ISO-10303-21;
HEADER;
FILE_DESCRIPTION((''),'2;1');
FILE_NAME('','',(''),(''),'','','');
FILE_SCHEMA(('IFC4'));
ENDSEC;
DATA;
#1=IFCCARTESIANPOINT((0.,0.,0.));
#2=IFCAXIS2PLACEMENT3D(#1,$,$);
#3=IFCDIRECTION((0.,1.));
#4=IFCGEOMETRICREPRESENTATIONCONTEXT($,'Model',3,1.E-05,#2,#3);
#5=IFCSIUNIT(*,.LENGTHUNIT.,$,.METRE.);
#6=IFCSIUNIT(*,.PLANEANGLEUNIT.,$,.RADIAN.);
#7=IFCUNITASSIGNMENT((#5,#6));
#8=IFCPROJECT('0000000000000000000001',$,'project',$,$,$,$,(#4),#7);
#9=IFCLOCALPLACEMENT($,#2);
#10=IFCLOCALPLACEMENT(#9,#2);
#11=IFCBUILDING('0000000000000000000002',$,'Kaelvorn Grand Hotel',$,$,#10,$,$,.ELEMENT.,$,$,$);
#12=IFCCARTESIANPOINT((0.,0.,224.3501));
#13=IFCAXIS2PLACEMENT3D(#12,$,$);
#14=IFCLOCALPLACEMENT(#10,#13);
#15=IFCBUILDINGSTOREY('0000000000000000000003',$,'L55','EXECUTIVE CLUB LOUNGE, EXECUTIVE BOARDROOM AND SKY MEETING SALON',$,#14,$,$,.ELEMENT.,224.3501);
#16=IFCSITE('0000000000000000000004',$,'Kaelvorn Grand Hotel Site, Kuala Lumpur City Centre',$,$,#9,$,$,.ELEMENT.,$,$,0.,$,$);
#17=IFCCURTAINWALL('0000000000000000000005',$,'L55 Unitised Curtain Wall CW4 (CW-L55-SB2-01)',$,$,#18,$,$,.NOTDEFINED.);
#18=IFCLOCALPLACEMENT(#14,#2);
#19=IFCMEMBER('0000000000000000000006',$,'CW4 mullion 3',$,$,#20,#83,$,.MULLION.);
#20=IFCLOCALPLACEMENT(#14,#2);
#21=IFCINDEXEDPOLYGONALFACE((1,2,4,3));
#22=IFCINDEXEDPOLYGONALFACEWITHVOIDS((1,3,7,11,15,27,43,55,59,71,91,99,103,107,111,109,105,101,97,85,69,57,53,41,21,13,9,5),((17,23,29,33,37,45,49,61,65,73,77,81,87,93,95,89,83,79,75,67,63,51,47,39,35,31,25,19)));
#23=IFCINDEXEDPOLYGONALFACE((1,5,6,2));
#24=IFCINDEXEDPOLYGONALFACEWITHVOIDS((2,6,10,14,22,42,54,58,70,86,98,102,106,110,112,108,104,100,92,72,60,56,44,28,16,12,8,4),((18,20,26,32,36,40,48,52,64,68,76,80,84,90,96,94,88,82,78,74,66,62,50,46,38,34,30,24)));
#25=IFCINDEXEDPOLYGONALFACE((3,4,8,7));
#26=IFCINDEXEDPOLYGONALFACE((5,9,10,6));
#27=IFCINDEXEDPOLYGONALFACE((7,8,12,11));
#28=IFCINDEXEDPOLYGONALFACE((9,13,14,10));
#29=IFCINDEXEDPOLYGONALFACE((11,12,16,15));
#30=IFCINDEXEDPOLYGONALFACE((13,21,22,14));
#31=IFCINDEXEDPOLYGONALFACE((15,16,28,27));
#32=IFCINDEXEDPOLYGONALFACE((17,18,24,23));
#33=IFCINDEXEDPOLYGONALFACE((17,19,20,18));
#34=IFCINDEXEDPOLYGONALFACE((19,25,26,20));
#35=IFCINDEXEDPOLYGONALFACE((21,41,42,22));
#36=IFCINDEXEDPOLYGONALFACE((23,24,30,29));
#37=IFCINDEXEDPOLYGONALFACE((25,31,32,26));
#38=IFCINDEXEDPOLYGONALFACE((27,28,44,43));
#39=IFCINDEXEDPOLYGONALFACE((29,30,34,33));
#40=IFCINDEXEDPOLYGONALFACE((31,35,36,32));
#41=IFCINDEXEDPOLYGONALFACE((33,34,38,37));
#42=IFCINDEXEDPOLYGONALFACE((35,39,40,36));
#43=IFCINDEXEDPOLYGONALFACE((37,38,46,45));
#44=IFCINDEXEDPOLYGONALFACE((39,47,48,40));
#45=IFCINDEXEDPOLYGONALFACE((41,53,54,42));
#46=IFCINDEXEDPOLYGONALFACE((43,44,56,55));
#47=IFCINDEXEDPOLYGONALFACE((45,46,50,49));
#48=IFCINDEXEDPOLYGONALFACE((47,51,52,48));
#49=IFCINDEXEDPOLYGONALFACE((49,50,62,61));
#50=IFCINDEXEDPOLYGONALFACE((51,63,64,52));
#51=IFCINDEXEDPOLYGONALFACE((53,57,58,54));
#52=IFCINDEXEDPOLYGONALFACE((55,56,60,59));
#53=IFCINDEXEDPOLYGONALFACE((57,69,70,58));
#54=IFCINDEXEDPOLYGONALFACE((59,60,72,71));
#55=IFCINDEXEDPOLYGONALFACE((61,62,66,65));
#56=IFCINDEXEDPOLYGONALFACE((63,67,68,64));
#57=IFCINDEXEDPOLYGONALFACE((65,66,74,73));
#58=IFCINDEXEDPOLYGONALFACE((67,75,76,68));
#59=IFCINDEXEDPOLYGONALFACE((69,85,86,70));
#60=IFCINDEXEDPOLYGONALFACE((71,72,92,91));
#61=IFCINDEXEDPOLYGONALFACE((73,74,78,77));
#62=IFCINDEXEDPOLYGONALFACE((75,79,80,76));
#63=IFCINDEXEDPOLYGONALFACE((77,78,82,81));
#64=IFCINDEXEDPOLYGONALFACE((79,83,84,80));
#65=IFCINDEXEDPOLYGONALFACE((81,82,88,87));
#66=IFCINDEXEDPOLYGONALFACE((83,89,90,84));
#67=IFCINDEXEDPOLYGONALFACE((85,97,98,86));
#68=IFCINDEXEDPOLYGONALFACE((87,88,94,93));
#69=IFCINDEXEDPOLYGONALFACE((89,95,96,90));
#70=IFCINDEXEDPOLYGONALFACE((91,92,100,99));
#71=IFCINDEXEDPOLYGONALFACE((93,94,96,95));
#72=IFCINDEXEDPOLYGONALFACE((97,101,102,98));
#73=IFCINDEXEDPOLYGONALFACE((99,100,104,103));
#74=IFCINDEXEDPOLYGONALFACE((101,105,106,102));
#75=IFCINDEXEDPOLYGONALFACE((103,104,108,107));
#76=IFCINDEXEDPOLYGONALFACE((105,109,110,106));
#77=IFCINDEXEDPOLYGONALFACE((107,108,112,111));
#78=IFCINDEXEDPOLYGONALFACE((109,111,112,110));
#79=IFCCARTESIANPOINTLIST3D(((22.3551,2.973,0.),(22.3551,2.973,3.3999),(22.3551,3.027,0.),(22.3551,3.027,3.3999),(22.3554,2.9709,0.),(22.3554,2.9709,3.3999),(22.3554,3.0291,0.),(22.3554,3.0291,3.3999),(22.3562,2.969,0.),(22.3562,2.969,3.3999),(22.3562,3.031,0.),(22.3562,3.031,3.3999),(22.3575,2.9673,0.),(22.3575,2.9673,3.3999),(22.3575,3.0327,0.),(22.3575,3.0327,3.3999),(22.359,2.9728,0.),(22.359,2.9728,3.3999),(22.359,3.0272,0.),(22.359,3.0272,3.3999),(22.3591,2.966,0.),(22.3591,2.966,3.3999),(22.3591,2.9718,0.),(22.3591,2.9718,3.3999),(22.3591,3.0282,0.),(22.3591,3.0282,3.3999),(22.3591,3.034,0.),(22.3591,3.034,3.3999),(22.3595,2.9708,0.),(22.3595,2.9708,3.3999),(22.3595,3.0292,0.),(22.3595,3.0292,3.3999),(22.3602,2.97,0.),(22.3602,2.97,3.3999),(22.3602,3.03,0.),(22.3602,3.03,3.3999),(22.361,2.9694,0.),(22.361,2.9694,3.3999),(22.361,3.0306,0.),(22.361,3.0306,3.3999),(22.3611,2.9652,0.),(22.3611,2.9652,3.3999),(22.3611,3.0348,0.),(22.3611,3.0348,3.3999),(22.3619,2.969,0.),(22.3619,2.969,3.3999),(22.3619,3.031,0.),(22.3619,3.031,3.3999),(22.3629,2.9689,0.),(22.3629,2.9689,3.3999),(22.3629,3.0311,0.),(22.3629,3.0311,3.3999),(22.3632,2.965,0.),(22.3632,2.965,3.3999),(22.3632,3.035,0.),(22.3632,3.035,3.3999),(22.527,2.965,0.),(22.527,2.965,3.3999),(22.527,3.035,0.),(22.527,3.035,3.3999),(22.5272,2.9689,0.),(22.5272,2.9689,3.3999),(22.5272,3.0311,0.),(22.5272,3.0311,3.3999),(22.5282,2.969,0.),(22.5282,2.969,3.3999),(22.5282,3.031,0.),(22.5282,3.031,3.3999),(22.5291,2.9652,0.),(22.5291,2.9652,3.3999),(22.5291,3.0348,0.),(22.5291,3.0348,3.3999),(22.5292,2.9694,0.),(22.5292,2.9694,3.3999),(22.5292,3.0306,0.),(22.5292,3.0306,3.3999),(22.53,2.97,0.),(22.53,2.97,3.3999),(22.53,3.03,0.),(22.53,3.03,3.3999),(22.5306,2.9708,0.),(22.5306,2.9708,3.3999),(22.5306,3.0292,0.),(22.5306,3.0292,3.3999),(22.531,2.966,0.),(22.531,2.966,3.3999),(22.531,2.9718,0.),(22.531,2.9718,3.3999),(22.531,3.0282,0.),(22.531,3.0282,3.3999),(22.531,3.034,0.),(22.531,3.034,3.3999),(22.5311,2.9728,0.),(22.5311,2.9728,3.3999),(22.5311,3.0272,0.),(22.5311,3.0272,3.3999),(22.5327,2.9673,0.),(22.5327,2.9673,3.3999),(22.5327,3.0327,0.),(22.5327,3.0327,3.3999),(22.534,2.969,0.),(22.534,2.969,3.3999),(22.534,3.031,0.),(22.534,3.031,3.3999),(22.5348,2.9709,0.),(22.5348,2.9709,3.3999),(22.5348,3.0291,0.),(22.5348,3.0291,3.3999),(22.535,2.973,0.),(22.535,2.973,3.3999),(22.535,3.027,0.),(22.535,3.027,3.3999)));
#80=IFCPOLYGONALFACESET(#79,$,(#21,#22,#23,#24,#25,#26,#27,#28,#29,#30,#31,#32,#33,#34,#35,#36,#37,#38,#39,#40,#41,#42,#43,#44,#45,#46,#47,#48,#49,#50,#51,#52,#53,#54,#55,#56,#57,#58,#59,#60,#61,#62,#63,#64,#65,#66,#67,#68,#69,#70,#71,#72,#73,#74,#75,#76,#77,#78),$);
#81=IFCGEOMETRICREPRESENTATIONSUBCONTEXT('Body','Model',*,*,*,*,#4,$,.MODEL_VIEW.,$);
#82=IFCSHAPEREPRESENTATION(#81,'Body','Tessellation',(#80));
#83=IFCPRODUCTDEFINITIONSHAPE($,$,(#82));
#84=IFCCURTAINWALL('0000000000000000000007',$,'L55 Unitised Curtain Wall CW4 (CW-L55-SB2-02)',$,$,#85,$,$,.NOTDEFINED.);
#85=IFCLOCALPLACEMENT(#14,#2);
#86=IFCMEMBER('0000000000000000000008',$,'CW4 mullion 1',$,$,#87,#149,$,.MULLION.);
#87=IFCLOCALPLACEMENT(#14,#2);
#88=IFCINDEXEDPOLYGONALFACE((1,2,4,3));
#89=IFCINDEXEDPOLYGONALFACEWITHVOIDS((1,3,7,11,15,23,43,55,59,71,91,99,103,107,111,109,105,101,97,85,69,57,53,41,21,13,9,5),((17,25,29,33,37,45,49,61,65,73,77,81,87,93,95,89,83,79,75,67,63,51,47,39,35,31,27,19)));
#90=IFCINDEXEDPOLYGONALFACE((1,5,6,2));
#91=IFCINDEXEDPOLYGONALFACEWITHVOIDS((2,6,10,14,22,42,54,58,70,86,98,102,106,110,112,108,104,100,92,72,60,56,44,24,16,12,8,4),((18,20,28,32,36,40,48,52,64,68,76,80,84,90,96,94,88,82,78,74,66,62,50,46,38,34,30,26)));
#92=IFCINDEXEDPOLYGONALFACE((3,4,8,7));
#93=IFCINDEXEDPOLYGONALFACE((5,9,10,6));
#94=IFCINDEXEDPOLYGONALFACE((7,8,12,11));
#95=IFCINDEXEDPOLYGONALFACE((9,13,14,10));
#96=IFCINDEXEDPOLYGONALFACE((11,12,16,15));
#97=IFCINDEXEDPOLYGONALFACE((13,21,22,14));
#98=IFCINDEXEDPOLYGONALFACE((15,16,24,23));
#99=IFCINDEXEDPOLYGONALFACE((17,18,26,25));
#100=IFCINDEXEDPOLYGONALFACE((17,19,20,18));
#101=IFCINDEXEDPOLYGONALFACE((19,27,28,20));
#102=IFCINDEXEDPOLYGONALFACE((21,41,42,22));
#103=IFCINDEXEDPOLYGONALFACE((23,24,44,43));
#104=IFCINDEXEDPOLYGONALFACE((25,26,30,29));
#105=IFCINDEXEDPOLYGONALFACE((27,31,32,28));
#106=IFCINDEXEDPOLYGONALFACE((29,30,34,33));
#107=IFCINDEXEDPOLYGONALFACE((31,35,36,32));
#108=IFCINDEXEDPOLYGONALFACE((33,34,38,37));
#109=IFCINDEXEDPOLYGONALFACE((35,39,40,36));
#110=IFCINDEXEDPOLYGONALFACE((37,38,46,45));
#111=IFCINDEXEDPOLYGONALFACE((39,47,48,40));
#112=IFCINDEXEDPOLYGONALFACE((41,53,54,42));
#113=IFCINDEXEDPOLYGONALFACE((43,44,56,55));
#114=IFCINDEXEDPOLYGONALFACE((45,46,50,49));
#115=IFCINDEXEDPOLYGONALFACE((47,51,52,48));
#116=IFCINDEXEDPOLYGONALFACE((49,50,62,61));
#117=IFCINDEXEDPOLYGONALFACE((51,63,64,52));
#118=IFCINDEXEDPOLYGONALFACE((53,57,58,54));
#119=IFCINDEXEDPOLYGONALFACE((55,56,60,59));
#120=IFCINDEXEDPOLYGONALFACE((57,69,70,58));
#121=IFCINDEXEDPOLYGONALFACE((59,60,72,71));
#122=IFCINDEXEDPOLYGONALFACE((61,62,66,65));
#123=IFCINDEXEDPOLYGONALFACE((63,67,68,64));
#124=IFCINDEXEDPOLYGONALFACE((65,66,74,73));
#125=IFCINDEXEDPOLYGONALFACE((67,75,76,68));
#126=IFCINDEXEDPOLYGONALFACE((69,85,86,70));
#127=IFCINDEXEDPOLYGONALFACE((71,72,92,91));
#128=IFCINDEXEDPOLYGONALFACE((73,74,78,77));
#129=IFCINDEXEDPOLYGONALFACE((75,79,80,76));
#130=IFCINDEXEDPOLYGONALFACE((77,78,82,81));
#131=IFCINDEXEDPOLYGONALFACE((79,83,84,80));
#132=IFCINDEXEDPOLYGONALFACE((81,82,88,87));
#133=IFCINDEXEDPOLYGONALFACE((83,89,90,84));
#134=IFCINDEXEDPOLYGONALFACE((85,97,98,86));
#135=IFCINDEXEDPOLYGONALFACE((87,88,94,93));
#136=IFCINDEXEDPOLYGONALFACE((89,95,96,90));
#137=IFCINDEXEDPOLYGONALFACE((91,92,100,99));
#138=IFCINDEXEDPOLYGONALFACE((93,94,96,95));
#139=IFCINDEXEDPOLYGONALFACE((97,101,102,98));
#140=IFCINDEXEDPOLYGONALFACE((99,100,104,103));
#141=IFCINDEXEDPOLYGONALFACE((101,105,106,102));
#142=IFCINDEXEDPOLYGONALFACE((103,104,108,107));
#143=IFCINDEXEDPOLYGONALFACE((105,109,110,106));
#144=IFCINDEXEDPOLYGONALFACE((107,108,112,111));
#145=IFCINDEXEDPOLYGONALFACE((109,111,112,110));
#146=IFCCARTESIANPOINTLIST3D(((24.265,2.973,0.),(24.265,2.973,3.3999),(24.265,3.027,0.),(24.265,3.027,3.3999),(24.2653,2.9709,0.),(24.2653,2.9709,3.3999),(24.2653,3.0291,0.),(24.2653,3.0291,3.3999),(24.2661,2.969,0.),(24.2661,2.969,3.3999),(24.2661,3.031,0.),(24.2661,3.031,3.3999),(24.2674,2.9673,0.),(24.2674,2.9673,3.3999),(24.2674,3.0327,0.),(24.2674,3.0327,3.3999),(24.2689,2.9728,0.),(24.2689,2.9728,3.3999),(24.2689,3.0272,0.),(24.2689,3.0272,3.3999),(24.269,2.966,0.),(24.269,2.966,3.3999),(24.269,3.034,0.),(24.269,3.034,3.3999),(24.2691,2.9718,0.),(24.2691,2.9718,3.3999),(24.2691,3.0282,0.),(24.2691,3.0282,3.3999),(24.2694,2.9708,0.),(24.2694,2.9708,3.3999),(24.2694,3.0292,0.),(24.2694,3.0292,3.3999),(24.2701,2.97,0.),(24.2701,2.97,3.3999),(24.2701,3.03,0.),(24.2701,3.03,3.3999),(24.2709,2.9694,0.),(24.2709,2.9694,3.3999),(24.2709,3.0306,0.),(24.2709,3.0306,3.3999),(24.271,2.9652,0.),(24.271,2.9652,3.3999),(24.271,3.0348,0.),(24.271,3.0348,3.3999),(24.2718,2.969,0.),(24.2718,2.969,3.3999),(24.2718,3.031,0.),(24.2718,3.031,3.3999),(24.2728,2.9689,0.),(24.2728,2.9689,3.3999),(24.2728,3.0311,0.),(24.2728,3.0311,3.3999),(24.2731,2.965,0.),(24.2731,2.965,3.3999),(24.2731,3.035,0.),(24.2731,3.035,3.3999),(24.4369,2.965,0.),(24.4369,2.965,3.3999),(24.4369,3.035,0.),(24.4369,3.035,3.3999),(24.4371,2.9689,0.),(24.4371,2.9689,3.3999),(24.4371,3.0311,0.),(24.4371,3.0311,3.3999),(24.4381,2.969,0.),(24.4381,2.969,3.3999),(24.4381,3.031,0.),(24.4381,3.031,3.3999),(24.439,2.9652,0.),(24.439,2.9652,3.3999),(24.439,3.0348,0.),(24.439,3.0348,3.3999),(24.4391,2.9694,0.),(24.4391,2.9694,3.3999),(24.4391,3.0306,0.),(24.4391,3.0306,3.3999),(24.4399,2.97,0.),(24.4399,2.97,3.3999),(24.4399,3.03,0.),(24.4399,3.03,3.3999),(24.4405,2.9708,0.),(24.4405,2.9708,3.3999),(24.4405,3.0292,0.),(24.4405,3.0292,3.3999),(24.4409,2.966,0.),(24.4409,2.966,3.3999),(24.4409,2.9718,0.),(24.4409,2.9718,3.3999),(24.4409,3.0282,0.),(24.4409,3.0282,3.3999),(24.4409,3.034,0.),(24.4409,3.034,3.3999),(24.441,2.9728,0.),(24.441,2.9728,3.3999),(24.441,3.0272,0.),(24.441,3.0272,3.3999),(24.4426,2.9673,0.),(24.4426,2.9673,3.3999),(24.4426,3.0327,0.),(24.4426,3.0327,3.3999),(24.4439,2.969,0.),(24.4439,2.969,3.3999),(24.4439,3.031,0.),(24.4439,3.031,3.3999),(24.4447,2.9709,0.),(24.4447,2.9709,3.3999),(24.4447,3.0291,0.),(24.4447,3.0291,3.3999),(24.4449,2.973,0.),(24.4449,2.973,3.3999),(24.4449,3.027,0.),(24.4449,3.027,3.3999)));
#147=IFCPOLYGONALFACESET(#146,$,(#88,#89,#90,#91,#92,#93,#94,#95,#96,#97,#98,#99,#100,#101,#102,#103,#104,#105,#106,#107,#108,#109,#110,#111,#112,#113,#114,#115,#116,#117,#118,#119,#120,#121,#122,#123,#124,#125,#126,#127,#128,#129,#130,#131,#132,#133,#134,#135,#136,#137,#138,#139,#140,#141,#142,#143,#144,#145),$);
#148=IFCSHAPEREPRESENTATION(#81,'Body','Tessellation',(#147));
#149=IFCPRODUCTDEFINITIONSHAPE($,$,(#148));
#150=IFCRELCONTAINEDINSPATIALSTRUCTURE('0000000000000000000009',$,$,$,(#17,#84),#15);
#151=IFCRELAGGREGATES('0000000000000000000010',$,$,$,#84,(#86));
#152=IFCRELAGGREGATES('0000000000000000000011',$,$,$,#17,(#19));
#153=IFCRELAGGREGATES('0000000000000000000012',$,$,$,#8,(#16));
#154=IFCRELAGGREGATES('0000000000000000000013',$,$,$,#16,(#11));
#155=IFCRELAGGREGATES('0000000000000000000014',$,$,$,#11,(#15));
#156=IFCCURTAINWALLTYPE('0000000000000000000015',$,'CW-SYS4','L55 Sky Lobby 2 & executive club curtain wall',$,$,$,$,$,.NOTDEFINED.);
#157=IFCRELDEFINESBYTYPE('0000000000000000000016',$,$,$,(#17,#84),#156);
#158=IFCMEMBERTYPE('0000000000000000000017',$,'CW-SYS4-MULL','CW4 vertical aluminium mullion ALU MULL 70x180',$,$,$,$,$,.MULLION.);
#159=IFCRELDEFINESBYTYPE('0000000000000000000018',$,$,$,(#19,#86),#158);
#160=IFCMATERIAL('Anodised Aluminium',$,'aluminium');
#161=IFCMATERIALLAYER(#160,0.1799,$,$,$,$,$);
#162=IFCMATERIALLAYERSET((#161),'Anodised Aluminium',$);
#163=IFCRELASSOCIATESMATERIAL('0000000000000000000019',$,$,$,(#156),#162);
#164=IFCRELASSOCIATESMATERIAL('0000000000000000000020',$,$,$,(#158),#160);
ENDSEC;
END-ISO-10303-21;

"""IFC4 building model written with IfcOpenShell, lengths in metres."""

from ifc_helpers import new_model, si_unit, direction, frame, origin, origin_2d, place, context, subcontext, project, spatial, hollow_rectangle, extrude, material, layer, layer_set, material_profile, profile_set, type_object, element, aggregate, save


model = new_model("IFC4")

# Units and contexts
model_context = context("Model", 3, precision=1e-05, world=origin(), true_north=direction((0.0, 1.0)))
body_context = subcontext(model_context, "Body", "Model", "MODEL_VIEW")
ifc_project = project(units=[si_unit("LENGTHUNIT", "METRE"), si_unit("PLANEANGLEUNIT", "RADIAN")], contexts=[model_context])

# Site, building, storey
site_placement = place(None, origin())
site = spatial("IfcSite", under=ifc_project, at=site_placement, Name="Kaelvorn Grand Hotel Site, Kuala Lumpur City Centre", CompositionType="ELEMENT", RefElevation=0.0)
building_placement = place(site_placement, origin())
building = spatial("IfcBuilding", under=site, at=building_placement, Name="Kaelvorn Grand Hotel", CompositionType="ELEMENT")
storey_placement = place(building_placement, frame((0.0, 0.0, 224.3501)))
storey = spatial("IfcBuildingStorey", under=building, at=storey_placement, Name="L55", Description="EXECUTIVE CLUB LOUNGE, EXECUTIVE BOARDROOM AND SKY MEETING SALON", CompositionType="ELEMENT", Elevation=224.3501)

# Curtain wall, member
ifc_material_1 = material(Name="Anodised Aluminium", Category="aluminium")
ifc_layer_1 = layer(ifc_material_1, 0.1799)
ifc_layer_set_1 = layer_set([ifc_layer_1], Name="Anodised Aluminium")
curtain_wall_type = type_object("IfcCurtainWallType", Name="CW-SYS4", Description="L55 Sky Lobby 2 & executive club curtain wall", PredefinedType="NOTDEFINED", material=ifc_layer_set_1)
curtain_wall_1_placement = place(storey_placement, origin())
curtain_wall_1 = element("IfcCurtainWall", 1, at=curtain_wall_1_placement, inside=storey, type_object=curtain_wall_type, Name="L55 Unitised Curtain Wall CW4 (CW-L55-SB2-01)", PredefinedType="NOTDEFINED")
ifc_material_profile_1 = material_profile(ifc_material_1, hollow_rectangle(XDim=0.0701, YDim=0.1799, WallThickness=0.0039, InnerFilletRadius=0.0039, OuterFilletRadius=0.0081, at=origin_2d()), Name="ALU MULL 70x180")
ifc_profile_set_1 = profile_set([ifc_material_profile_1], Name="Anodised Aluminium")
member_type_1 = type_object("IfcMemberType", Name="CW-SYS4-MULL", Description="CW4 vertical aluminium mullion ALU MULL 70x180", PredefinedType="MULLION", material=ifc_profile_set_1)
member_1_placement = place(storey_placement, frame((22.4451, 3.0, 0.0), z_axis=(0.0, 0.0, 1.0), x_axis=(0.0, 1.0, 0.0)))
member_1 = element("IfcMember", 2, at=member_1_placement, type_object=member_type_1, Name="CW4 mullion 3", PredefinedType="MULLION", context=body_context, shape_type="SweptSolid", body=[
    extrude(hollow_rectangle(XDim=0.0701, YDim=0.1799, WallThickness=0.0039, InnerFilletRadius=0.0039, OuterFilletRadius=0.0081, at=origin_2d()), origin(), (0.0, 0.0, 1.0), 3.3999),
])

# Curtain wall, member
curtain_wall_2_placement = place(storey_placement, origin())
curtain_wall_2 = element("IfcCurtainWall", 3, at=curtain_wall_2_placement, inside=storey, type_object=curtain_wall_type, Name="L55 Unitised Curtain Wall CW4 (CW-L55-SB2-02)", PredefinedType="NOTDEFINED")
member_2_placement = place(storey_placement, frame((24.355, 3.0, 0.0), z_axis=(0.0, 0.0, 1.0), x_axis=(0.0, 1.0, 0.0)))
member_2 = element("IfcMember", 4, at=member_2_placement, type_object=member_type_1, Name="CW4 mullion 1", PredefinedType="MULLION", context=body_context, shape_type="SweptSolid", body=[
    extrude(hollow_rectangle(XDim=0.0701, YDim=0.1799, WallThickness=0.0039, InnerFilletRadius=0.0039, OuterFilletRadius=0.0081, at=origin_2d()), origin(), (0.0, 0.0, 1.0), 3.3999),
])

aggregate(curtain_wall_2, [member_2])

aggregate(curtain_wall_1, [member_1])

save(model, "model.ifc")
